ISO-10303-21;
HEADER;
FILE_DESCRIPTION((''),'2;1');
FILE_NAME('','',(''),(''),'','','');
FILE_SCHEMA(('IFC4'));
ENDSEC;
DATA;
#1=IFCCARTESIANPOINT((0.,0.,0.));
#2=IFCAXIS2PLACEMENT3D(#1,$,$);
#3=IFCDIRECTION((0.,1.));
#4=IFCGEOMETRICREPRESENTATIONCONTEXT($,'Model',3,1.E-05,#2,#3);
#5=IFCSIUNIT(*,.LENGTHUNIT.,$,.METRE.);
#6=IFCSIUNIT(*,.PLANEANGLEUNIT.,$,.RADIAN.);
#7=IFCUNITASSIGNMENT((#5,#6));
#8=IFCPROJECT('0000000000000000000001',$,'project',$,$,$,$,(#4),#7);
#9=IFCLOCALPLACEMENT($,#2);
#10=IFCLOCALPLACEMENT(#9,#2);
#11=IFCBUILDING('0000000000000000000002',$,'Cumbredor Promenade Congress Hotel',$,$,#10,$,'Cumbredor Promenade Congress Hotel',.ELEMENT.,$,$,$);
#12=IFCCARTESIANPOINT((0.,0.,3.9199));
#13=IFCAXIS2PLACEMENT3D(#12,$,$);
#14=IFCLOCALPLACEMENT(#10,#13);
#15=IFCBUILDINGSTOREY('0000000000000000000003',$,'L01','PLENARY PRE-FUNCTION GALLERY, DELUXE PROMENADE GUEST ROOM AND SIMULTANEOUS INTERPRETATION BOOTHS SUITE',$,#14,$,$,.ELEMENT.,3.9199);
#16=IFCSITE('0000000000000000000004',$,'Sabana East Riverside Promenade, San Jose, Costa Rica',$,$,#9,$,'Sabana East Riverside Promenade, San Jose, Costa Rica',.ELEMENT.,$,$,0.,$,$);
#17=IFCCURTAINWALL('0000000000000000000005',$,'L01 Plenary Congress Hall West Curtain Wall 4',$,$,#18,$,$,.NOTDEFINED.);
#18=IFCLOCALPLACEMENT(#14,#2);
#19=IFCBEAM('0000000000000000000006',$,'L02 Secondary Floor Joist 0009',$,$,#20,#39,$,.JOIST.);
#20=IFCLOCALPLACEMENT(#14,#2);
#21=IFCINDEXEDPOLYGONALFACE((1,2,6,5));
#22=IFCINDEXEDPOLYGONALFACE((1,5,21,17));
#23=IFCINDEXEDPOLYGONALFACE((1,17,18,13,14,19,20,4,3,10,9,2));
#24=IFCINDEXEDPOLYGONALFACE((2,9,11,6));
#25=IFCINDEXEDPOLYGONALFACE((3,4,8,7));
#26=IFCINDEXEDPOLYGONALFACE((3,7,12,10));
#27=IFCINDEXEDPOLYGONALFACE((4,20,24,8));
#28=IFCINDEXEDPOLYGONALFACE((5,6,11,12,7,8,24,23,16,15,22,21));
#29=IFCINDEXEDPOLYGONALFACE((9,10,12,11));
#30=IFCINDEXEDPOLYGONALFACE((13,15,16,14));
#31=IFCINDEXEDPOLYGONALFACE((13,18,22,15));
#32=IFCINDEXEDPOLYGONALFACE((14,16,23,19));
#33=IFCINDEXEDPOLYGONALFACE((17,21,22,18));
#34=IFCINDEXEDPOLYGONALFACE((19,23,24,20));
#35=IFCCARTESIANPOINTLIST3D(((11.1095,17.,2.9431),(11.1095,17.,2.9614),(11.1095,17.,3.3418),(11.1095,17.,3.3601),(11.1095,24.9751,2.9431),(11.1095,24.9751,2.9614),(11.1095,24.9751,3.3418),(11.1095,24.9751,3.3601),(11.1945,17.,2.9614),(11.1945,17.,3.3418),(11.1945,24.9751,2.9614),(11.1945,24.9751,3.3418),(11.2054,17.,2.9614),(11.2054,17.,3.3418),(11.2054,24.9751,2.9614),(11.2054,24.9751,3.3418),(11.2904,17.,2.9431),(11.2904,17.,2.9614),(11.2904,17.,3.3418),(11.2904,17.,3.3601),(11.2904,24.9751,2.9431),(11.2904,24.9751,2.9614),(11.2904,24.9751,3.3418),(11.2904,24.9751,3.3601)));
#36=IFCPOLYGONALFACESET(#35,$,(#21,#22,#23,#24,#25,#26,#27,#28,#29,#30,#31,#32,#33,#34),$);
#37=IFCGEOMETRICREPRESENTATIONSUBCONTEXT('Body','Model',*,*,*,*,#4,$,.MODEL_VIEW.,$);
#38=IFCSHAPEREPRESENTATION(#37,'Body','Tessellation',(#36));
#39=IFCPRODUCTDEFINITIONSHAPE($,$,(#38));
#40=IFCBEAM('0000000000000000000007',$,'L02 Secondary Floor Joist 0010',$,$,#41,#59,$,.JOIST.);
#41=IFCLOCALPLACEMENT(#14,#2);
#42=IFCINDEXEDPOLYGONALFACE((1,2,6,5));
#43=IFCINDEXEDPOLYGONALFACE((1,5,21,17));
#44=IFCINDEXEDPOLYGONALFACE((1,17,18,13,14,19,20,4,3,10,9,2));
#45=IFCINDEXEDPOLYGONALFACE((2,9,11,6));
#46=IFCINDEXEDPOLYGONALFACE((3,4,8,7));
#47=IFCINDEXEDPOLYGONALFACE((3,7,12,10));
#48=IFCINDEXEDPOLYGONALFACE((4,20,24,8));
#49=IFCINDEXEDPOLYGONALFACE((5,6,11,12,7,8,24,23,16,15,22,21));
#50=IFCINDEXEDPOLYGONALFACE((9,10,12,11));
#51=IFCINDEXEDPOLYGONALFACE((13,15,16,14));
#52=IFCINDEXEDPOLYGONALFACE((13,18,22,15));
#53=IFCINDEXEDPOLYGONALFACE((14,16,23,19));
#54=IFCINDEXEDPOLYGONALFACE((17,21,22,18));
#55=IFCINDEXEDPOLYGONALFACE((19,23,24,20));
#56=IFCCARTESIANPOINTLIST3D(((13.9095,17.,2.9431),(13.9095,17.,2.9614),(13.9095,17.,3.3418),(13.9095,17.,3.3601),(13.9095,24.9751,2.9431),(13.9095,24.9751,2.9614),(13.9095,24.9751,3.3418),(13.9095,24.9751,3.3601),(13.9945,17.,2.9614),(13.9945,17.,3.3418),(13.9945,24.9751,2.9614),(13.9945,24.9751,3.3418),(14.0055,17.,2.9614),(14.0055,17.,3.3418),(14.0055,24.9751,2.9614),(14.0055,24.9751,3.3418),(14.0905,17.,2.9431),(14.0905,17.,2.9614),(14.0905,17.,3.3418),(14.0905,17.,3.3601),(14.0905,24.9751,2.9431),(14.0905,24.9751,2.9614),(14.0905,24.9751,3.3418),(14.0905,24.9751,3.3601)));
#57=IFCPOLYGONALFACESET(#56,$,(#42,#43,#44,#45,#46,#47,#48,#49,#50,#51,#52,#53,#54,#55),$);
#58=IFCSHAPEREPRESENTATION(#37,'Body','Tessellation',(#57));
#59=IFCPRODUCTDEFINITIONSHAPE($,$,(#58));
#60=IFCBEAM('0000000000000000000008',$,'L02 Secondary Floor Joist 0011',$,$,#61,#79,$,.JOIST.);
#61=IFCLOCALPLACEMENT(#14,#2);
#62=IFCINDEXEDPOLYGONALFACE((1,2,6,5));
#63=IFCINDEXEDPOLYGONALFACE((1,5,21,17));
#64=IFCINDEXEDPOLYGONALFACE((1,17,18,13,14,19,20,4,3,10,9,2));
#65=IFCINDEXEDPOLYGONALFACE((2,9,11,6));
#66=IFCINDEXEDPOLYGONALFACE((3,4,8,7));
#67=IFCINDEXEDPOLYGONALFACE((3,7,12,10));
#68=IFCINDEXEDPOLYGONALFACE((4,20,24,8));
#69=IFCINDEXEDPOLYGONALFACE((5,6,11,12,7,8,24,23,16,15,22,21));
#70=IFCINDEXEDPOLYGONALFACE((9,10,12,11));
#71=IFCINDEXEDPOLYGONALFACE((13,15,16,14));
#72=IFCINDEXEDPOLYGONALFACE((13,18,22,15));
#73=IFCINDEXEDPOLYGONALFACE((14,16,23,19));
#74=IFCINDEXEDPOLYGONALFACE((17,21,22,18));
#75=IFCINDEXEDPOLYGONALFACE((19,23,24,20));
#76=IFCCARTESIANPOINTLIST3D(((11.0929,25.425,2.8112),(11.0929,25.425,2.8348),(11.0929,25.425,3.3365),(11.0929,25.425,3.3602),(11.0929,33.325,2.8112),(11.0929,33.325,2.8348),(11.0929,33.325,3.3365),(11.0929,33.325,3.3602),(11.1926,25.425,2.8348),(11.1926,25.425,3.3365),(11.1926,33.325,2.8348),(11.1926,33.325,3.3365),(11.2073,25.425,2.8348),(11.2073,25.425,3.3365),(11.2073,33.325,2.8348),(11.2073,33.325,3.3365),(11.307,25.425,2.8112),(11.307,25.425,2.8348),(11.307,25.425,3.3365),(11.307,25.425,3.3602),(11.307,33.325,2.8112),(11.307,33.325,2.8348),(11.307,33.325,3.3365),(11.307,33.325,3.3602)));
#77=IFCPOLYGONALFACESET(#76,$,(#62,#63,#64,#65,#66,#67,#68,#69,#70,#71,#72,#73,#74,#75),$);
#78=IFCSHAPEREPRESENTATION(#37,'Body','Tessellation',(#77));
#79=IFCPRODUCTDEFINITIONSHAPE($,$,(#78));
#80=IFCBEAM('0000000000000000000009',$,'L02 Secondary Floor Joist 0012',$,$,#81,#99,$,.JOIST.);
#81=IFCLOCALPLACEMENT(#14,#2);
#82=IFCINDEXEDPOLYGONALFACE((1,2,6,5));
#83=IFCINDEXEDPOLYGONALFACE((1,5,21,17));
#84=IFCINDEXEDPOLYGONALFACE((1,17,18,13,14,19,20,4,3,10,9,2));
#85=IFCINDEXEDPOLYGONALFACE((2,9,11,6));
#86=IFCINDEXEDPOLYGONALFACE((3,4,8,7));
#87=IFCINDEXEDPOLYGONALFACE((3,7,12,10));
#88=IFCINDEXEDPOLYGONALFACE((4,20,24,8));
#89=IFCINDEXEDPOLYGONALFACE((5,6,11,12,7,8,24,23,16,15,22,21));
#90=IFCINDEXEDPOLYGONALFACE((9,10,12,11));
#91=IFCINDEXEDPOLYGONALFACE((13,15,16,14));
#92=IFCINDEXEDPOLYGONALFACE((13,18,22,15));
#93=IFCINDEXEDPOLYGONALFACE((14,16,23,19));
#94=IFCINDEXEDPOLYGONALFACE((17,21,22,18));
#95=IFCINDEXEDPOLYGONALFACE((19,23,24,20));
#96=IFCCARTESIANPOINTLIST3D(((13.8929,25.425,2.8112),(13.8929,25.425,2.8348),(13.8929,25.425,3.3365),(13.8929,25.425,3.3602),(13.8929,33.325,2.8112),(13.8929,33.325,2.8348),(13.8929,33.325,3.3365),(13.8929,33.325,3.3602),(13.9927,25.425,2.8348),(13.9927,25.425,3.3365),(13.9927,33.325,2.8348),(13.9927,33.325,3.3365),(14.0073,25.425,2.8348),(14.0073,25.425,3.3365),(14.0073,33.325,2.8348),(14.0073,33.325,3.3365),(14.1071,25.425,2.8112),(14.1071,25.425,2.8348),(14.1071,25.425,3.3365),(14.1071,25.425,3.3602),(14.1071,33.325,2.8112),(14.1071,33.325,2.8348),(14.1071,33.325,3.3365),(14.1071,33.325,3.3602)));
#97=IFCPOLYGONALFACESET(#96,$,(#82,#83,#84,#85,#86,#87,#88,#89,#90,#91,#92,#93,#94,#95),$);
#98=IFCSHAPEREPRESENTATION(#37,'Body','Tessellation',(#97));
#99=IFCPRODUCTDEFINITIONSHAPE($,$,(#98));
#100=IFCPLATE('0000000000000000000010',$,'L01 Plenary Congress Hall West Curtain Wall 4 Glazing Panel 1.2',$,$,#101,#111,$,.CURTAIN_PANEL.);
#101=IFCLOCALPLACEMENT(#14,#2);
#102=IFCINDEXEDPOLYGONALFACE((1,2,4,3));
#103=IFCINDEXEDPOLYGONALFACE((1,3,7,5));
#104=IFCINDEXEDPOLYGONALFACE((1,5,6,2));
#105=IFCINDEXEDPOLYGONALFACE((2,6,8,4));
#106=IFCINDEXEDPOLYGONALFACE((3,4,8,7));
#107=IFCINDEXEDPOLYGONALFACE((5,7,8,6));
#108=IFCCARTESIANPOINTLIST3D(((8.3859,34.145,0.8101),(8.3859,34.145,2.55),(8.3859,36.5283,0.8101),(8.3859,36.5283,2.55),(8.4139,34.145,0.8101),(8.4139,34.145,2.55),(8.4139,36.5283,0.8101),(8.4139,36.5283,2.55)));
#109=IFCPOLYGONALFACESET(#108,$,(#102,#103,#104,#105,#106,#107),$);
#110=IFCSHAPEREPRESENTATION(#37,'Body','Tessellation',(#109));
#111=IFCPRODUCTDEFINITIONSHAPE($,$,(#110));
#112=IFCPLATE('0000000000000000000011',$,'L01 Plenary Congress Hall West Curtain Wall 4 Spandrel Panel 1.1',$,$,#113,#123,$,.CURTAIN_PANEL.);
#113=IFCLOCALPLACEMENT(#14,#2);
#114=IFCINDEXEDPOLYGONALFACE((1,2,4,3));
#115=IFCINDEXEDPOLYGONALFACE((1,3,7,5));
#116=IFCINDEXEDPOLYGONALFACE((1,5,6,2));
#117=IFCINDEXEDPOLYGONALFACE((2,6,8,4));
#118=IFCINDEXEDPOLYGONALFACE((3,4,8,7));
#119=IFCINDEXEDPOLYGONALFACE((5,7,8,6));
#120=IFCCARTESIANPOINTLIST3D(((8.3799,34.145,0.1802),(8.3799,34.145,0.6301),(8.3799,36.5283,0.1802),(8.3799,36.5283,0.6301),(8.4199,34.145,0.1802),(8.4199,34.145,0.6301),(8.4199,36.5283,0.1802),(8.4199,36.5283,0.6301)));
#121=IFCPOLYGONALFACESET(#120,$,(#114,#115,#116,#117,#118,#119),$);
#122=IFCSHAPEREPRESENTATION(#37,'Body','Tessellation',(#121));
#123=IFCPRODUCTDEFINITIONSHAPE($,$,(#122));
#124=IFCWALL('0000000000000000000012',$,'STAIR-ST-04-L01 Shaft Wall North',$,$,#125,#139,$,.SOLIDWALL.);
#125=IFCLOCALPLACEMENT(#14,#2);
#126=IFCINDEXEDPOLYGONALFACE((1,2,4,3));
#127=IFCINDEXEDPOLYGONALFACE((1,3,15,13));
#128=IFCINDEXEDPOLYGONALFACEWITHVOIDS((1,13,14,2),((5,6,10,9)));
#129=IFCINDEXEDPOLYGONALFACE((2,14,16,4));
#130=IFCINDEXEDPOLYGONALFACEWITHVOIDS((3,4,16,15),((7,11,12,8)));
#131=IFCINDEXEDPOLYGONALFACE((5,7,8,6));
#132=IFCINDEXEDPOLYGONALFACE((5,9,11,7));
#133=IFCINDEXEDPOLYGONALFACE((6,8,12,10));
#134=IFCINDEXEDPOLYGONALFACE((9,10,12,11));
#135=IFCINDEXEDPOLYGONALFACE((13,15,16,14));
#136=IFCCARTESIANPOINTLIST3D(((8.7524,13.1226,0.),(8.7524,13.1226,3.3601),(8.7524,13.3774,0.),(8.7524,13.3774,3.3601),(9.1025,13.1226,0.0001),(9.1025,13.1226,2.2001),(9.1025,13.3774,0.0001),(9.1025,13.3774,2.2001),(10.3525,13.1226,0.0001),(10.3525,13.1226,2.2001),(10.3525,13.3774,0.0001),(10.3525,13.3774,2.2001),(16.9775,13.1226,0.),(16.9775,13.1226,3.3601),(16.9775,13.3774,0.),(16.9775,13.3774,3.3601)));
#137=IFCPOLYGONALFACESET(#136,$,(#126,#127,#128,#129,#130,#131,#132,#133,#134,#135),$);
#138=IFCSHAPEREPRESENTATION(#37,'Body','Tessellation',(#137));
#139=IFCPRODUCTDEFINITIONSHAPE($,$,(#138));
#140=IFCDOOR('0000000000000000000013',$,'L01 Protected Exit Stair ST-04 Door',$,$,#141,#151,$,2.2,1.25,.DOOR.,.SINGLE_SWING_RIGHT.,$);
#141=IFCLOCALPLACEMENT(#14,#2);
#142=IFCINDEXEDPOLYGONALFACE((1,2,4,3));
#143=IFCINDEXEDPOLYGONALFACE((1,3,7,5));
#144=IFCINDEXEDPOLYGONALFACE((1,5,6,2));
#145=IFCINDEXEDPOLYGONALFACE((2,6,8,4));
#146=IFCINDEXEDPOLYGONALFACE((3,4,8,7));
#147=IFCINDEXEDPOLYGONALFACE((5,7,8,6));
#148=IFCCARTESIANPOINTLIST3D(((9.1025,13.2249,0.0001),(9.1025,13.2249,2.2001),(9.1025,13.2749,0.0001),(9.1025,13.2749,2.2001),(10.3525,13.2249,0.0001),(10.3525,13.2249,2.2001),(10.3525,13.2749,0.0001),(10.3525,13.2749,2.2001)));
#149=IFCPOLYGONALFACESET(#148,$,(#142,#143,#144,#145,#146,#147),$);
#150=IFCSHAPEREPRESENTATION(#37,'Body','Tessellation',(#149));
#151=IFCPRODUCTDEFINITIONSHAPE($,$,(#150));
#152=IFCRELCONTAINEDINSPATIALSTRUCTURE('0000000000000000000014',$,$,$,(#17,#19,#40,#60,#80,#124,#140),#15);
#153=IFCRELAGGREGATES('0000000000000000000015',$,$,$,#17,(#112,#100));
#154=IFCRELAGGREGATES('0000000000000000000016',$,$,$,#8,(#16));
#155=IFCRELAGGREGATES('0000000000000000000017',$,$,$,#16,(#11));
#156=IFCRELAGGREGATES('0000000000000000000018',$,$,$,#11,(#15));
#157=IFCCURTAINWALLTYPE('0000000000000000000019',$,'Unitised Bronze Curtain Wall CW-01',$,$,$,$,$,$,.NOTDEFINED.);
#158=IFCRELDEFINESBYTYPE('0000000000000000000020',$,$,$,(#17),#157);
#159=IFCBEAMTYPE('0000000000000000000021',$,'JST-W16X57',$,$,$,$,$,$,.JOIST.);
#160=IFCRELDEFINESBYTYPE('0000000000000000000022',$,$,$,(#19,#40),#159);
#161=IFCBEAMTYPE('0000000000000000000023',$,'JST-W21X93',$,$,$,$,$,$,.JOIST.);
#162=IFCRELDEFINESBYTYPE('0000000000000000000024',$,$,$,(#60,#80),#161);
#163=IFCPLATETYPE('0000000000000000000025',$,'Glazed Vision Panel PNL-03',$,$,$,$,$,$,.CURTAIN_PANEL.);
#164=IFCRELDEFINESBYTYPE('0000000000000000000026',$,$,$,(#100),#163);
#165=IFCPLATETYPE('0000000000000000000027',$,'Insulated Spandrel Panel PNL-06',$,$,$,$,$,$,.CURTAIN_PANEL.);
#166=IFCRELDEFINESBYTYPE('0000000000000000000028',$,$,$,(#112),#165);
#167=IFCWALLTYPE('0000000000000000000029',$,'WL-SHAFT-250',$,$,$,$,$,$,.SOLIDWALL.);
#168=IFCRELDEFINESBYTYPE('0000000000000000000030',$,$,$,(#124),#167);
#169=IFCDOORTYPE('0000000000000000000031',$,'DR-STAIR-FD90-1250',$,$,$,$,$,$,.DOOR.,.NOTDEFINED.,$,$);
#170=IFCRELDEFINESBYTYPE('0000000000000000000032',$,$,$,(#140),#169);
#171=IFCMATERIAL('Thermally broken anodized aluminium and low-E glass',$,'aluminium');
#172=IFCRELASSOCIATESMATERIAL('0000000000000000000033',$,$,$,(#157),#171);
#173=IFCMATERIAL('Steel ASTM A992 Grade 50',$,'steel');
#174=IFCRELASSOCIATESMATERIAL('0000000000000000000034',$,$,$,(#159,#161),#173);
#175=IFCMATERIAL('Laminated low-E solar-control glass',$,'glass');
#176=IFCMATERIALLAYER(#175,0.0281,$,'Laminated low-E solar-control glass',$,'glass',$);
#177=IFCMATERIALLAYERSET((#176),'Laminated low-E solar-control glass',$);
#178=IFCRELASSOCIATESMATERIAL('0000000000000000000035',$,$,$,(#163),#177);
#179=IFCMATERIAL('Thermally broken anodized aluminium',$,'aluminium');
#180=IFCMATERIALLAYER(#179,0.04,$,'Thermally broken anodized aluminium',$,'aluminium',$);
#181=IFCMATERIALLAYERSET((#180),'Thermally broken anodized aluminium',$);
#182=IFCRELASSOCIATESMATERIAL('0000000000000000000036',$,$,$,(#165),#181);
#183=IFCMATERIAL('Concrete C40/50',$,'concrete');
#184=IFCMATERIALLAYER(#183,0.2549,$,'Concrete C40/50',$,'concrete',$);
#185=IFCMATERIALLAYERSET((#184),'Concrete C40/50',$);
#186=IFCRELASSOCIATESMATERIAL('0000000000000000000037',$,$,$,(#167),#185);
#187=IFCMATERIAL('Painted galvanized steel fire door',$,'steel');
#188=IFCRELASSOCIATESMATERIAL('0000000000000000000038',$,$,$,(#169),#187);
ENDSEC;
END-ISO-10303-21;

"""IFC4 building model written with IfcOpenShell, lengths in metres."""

from ifc_helpers import new_model, si_unit, direction, frame, frame_2d, origin, origin_2d, place, context, subcontext, project, spatial, rectangle, i_section, extrude, material, layer, layer_set, material_profile, profile_set, type_object, element, fill, aggregate, save


model = new_model("IFC4")

# Units and contexts
model_context = context("Model", 3, precision=1e-05, world=origin(), true_north=direction((0.0, 1.0)))
body_context = subcontext(model_context, "Body", "Model", "MODEL_VIEW")
ifc_project = project(units=[si_unit("LENGTHUNIT", "METRE"), si_unit("PLANEANGLEUNIT", "RADIAN")], contexts=[model_context])

# Site, building, storey
site_placement = place(None, origin())
site = spatial("IfcSite", under=ifc_project, at=site_placement, Name="Sabana East Riverside Promenade, San Jose, Costa Rica", LongName="Sabana East Riverside Promenade, San Jose, Costa Rica", CompositionType="ELEMENT", RefElevation=0.0)
building_placement = place(site_placement, origin())
building = spatial("IfcBuilding", under=site, at=building_placement, Name="Cumbredor Promenade Congress Hotel", LongName="Cumbredor Promenade Congress Hotel", CompositionType="ELEMENT")
storey_placement = place(building_placement, frame((0.0, 0.0, 3.9199)))
storey = spatial("IfcBuildingStorey", under=building, at=storey_placement, Name="L01", Description="PLENARY PRE-FUNCTION GALLERY, DELUXE PROMENADE GUEST ROOM AND SIMULTANEOUS INTERPRETATION BOOTHS SUITE", CompositionType="ELEMENT", Elevation=3.9199)

# Shared definitions
ifc_material_1 = material(Name="Concrete C40/50", Category="concrete")
ifc_material_2 = material(Name="Steel ASTM A992 Grade 50", Category="steel")

# Curtain wall
ifc_material_3 = material(Name="Thermally broken anodized aluminium and low-E glass", Category="aluminium")
curtain_wall_type = type_object("IfcCurtainWallType", Name="Unitised Bronze Curtain Wall CW-01", PredefinedType="NOTDEFINED", material=ifc_material_3)
curtain_wall_placement = place(storey_placement, origin())
curtain_wall = element("IfcCurtainWall", 1, at=curtain_wall_placement, inside=storey, type_object=curtain_wall_type, Name="L01 Plenary Congress Hall West Curtain Wall 4", PredefinedType="NOTDEFINED")
ifc_material_4 = material(Name="Thermally broken anodized aluminium", Category="aluminium")

# Beams
ifc_material_profile_1 = material_profile(ifc_material_2, i_section(OverallWidth=0.1809, OverallDepth=0.417, WebThickness=0.011, FlangeThickness=0.0183, at=origin_2d()), Name="W16X57")
ifc_profile_set_1 = profile_set([ifc_material_profile_1], Name="Steel ASTM A992 Grade 50")
beam_type_1 = type_object("IfcBeamType", Name="JST-W16X57", PredefinedType="JOIST", material=ifc_profile_set_1)
for number, where, z_axis, x_axis, name in (
    (2, (11.2, 17.0, 3.1516), (0.0, 1.0, 0.0), (-1.0, 0.0, 0.0), "L02 Secondary Floor Joist 0009"),
    (3, (14.0, 17.0, 3.1516), (0.0, 1.0, 0.0), (-1.0, 0.0, 0.0), "L02 Secondary Floor Joist 0010"),
):
    element("IfcBeam", number, at=place(storey_placement, frame(where, z_axis=z_axis, x_axis=x_axis)), inside=storey, type_object=beam_type_1, Name=name, PredefinedType="JOIST", context=body_context, shape_type="SweptSolid", body=[
        extrude(i_section(OverallWidth=0.1809, OverallDepth=0.417, WebThickness=0.011, FlangeThickness=0.0183, at=origin_2d()), origin(), (0.0, 0.0, 1.0), 7.9751),
    ])
ifc_material_profile_2 = material_profile(ifc_material_2, i_section(OverallWidth=0.2141, OverallDepth=0.5491, WebThickness=0.0146, FlangeThickness=0.0237, at=origin_2d()), Name="W21X93")
ifc_profile_set_2 = profile_set([ifc_material_profile_2], Name="Steel ASTM A992 Grade 50")
beam_type_2 = type_object("IfcBeamType", Name="JST-W21X93", PredefinedType="JOIST", material=ifc_profile_set_2)
for number, where, z_axis, x_axis, name in (
    (4, (11.2, 25.425, 3.0857), (0.0, 1.0, 0.0), (-1.0, 0.0, 0.0), "L02 Secondary Floor Joist 0011"),
    (5, (14.0, 25.425, 3.0857), (0.0, 1.0, 0.0), (-1.0, 0.0, 0.0), "L02 Secondary Floor Joist 0012"),
):
    element("IfcBeam", number, at=place(storey_placement, frame(where, z_axis=z_axis, x_axis=x_axis)), inside=storey, type_object=beam_type_2, Name=name, PredefinedType="JOIST", context=body_context, shape_type="SweptSolid", body=[
        extrude(i_section(OverallWidth=0.2141, OverallDepth=0.5491, WebThickness=0.0146, FlangeThickness=0.0237, at=origin_2d()), origin(), (0.0, 0.0, 1.0), 7.8999),
    ])

# Plates
ifc_material_5 = material(Name="Laminated low-E solar-control glass", Category="glass")
ifc_layer_1 = layer(ifc_material_5, 0.0281, Name="Laminated low-E solar-control glass", Category="glass")
ifc_layer_set_1 = layer_set([ifc_layer_1], Name="Laminated low-E solar-control glass")
plate_type_1 = type_object("IfcPlateType", Name="Glazed Vision Panel PNL-03", PredefinedType="CURTAIN_PANEL", material=ifc_layer_set_1)
plate_1_placement = place(storey_placement, frame((8.3999, 35.3367, 0.8101), z_axis=(0.0, 0.0, 1.0), x_axis=(0.0, 1.0, 0.0)))
plate_1 = element("IfcPlate", 6, at=plate_1_placement, type_object=plate_type_1, Name="L01 Plenary Congress Hall West Curtain Wall 4 Glazing Panel 1.2", PredefinedType="CURTAIN_PANEL", context=body_context, shape_type="SweptSolid", body=[
    extrude(rectangle(XDim=2.3833, YDim=0.0281, at=origin_2d()), origin(), (0.0, 0.0, 1.0), 1.74),
])
ifc_layer_2 = layer(ifc_material_4, 0.04, Name="Thermally broken anodized aluminium", Category="aluminium")
ifc_layer_set_2 = layer_set([ifc_layer_2], Name="Thermally broken anodized aluminium")
plate_type_2 = type_object("IfcPlateType", Name="Insulated Spandrel Panel PNL-06", PredefinedType="CURTAIN_PANEL", material=ifc_layer_set_2)
plate_2_placement = place(storey_placement, frame((8.3999, 35.3367, 0.1802), z_axis=(0.0, 0.0, 1.0), x_axis=(0.0, 1.0, 0.0)))
plate_2 = element("IfcPlate", 7, at=plate_2_placement, type_object=plate_type_2, Name="L01 Plenary Congress Hall West Curtain Wall 4 Spandrel Panel 1.1", PredefinedType="CURTAIN_PANEL", context=body_context, shape_type="SweptSolid", body=[
    extrude(rectangle(XDim=2.3833, YDim=0.04, at=origin_2d()), origin(), (0.0, 0.0, 1.0), 0.45),
])
aggregate(curtain_wall, [plate_2, plate_1])

# Wall, opening, door
ifc_layer_3 = layer(ifc_material_1, 0.2549, Name="Concrete C40/50", Category="concrete")
ifc_layer_set_3 = layer_set([ifc_layer_3], Name="Concrete C40/50")
wall_type = type_object("IfcWallType", Name="WL-SHAFT-250", PredefinedType="SOLIDWALL", material=ifc_layer_set_3)
wall_placement = place(storey_placement, frame((8.7524, 13.25, 0.0), z_axis=(0.0, 0.0, 1.0), x_axis=(1.0, 0.0, 0.0)))
wall = element("IfcWall", 8, at=wall_placement, inside=storey, type_object=wall_type, Name="STAIR-ST-04-L01 Shaft Wall North", PredefinedType="SOLIDWALL", context=body_context, shape_type="SweptSolid", body=[
    extrude(rectangle(XDim=8.2251, YDim=0.2549, at=frame_2d((4.1125, 0.0))), origin(), (0.0, 0.0, 1.0), 3.3601),
])
opening_placement = place(wall_placement, frame((0.3501, 0.0, 0.0)))
opening = element("IfcOpeningElement", 9, at=opening_placement, cuts=wall, PredefinedType="OPENING", context=body_context, shape_type="SweptSolid", body=[
    extrude(rectangle(XDim=1.25, YDim=2.2, at=frame_2d((0.625, 1.1001))), frame((0.0, 0.1375, 0.0), z_axis=(0.0, -1.0, 0.0), x_axis=(1.0, 0.0, 0.0)), (0.0, 0.0, 1.0), 0.2749),
])
ifc_material_6 = material(Name="Painted galvanized steel fire door", Category="steel")
door_type = type_object("IfcDoorType", Name="DR-STAIR-FD90-1250", OperationType="NOTDEFINED", PredefinedType="DOOR", material=ifc_material_6)
door_placement = place(opening_placement, origin())
door = element("IfcDoor", 10, at=door_placement, inside=storey, type_object=door_type, Name="L01 Protected Exit Stair ST-04 Door", OperationType="SINGLE_SWING_RIGHT", OverallHeight=2.2, OverallWidth=1.25, PredefinedType="DOOR", context=body_context, shape_type="SweptSolid", body=[
    extrude(rectangle(XDim=1.25, YDim=2.2, at=frame_2d((0.625, 1.1001))), frame((0.0, 0.0249, 0.0), z_axis=(0.0, -1.0, 0.0), x_axis=(1.0, 0.0, 0.0)), (0.0, 0.0, 1.0), 0.05),
])
fill(opening, door)

save(model, "model.ifc")
